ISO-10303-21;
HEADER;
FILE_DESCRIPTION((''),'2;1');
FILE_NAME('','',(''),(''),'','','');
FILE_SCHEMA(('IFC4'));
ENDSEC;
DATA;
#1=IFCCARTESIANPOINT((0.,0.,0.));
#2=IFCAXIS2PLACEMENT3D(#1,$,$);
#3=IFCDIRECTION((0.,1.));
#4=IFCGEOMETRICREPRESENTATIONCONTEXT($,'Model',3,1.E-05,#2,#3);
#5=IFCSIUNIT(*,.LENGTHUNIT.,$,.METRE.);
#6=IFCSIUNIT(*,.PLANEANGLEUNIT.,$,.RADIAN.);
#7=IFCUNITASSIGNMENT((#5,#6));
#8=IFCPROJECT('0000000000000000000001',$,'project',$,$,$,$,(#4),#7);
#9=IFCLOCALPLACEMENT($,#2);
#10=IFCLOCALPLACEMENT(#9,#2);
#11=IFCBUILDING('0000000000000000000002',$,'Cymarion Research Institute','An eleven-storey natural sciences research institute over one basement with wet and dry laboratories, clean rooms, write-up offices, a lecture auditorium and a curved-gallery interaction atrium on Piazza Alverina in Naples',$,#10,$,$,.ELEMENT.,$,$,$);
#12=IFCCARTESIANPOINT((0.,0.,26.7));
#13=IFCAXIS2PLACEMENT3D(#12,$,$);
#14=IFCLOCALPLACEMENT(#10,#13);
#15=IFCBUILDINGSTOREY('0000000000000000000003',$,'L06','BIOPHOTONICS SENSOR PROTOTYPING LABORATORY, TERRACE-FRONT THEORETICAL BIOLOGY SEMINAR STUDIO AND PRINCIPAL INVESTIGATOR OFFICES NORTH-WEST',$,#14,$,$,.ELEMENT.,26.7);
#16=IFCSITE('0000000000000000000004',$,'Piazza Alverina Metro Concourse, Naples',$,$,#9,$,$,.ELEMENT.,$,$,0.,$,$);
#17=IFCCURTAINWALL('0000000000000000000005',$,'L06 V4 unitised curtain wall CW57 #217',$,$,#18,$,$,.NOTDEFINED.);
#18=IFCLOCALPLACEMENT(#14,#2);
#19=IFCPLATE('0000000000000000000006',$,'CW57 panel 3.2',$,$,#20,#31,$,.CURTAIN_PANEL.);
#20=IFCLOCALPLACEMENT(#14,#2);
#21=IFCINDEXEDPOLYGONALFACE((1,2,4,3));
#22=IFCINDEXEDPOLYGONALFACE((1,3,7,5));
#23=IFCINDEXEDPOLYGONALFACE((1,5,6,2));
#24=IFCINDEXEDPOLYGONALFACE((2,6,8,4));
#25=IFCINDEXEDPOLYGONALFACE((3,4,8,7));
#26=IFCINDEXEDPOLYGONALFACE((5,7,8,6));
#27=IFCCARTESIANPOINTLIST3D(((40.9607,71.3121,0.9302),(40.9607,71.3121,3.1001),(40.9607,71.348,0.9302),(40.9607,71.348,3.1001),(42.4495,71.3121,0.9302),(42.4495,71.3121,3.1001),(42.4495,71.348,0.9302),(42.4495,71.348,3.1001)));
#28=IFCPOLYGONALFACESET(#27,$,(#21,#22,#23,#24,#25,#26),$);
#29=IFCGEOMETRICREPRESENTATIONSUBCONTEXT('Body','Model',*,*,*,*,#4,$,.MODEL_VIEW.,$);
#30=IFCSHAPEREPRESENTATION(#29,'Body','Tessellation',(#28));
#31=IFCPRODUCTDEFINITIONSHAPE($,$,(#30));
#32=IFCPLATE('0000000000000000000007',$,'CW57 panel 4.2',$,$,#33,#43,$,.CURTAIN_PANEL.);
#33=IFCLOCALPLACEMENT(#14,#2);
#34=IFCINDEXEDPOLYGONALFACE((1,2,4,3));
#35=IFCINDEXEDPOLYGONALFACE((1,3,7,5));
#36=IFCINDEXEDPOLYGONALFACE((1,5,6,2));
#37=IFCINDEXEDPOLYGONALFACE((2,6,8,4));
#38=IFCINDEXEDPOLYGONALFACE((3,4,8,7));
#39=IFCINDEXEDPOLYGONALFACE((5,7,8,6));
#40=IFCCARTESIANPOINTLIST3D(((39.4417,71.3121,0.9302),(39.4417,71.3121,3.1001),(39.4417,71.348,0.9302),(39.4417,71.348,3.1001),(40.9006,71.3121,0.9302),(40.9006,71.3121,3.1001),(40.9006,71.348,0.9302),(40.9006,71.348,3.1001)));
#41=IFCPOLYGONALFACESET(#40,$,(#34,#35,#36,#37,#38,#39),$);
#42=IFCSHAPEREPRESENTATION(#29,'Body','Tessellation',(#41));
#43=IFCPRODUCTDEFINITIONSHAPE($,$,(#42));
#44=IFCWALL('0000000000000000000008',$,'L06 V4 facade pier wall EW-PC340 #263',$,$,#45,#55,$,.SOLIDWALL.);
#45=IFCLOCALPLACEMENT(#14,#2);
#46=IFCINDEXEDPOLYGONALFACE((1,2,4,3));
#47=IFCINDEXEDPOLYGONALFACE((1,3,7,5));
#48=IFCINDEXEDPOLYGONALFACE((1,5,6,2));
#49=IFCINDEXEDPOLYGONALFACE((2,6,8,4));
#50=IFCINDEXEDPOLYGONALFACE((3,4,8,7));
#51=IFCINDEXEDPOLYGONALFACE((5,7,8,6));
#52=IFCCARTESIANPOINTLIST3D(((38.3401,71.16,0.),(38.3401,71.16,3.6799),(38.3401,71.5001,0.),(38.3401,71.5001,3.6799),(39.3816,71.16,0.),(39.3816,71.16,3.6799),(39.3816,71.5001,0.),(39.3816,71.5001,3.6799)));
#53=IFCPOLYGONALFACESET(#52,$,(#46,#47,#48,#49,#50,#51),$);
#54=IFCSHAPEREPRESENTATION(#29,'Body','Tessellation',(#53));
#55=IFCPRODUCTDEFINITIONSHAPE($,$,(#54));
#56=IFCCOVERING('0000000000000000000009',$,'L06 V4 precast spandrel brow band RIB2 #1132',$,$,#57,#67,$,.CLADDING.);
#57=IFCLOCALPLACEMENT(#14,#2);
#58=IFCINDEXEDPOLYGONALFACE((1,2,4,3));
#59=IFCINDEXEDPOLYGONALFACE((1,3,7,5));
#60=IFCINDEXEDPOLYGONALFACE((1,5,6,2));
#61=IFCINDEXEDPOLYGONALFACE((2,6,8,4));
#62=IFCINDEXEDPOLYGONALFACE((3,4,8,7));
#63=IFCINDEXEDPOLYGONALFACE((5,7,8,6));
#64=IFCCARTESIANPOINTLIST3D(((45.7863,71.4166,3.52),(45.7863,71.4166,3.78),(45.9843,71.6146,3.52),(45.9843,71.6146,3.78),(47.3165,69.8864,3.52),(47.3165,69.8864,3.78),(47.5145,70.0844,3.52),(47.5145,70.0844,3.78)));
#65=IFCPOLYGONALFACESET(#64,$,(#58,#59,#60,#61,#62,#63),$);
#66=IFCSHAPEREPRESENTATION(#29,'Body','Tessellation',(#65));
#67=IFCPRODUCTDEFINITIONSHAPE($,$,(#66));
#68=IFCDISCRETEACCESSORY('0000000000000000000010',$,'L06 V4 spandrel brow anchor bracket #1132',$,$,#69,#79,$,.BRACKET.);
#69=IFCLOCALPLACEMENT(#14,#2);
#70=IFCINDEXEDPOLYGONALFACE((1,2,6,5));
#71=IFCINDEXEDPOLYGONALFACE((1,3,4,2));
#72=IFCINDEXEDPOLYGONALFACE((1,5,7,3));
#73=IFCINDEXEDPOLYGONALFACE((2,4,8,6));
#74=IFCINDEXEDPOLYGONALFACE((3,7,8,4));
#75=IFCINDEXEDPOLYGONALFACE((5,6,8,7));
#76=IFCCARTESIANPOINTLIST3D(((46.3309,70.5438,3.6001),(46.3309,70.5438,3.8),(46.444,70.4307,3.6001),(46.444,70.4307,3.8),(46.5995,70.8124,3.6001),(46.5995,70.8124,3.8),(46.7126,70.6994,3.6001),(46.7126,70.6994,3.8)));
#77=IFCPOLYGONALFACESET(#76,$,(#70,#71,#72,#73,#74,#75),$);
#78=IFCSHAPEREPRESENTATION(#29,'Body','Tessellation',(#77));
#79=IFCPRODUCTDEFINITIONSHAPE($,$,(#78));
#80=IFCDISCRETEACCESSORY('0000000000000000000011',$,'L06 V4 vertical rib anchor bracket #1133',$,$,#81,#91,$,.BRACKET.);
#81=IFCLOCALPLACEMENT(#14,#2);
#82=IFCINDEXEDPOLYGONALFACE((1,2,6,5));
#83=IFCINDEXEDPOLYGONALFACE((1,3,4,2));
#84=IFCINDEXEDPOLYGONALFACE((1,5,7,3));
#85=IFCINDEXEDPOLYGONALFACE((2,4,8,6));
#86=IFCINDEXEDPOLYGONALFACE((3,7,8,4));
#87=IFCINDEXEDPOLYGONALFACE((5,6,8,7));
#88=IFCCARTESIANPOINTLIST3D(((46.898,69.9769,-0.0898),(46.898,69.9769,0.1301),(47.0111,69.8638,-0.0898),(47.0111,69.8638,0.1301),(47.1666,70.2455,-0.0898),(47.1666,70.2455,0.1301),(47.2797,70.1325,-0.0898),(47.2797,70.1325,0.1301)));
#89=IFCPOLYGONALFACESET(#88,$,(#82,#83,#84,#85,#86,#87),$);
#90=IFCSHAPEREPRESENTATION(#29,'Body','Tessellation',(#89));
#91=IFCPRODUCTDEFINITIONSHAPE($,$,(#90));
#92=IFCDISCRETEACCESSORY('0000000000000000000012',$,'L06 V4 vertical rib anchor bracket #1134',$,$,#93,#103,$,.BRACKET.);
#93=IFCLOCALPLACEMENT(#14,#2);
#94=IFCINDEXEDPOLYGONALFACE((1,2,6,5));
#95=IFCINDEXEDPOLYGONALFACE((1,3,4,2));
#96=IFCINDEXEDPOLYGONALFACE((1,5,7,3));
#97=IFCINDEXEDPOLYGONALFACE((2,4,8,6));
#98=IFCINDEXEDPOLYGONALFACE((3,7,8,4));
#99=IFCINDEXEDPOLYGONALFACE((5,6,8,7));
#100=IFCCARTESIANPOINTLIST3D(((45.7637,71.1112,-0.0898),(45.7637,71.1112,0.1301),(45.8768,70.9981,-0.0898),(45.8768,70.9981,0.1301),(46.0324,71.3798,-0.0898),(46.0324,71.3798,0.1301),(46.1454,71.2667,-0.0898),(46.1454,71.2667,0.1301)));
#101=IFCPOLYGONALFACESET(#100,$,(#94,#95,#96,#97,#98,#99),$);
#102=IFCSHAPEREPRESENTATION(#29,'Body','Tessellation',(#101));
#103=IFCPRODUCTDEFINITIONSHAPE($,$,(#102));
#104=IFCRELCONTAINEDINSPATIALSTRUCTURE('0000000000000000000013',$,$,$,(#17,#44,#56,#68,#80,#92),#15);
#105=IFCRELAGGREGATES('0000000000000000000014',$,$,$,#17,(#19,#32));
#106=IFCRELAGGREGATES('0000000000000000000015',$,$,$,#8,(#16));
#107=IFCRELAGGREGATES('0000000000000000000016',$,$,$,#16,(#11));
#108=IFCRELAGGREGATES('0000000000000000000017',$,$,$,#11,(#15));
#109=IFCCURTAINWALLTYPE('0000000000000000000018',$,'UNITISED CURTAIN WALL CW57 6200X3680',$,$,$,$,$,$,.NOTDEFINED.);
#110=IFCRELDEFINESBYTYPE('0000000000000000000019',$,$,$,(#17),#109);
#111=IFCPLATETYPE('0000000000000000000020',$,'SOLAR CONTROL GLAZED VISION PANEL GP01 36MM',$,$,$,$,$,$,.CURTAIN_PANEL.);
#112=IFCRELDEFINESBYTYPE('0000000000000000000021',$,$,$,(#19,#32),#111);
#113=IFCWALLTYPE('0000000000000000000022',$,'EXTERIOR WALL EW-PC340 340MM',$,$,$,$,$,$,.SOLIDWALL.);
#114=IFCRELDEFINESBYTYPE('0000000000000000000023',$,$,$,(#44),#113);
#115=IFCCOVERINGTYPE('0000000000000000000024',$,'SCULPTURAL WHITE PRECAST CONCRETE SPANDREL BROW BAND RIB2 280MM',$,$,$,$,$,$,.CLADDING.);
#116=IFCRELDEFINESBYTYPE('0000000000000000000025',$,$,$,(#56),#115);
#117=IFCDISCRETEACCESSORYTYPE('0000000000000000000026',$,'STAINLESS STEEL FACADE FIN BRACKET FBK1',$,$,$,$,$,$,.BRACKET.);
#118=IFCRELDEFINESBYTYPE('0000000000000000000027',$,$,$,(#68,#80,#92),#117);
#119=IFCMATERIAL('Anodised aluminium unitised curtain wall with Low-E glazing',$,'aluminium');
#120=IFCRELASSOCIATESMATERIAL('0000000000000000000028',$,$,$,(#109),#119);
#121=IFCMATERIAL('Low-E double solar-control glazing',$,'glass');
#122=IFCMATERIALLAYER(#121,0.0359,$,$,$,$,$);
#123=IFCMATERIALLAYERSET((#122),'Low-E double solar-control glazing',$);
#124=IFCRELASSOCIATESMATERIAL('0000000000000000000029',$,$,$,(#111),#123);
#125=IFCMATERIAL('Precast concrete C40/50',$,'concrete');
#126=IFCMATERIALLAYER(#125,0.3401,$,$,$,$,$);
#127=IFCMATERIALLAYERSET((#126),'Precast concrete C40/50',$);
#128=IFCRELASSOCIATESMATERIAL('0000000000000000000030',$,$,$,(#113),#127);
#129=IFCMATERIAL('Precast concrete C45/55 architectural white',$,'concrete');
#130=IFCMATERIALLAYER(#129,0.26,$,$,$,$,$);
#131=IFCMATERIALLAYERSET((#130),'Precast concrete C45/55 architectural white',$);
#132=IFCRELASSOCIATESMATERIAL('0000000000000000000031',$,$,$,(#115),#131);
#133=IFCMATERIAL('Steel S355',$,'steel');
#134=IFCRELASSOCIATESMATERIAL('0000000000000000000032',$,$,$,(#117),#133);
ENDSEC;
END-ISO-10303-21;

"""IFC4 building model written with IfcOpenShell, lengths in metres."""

from ifc_helpers import new_model, si_unit, direction, frame, frame_2d, origin, origin_2d, place, context, subcontext, project, spatial, rectangle, extrude, material, layer, layer_set, type_object, element, aggregate, save


model = new_model("IFC4")

# Units and contexts
model_context = context("Model", 3, precision=1e-05, world=origin(), true_north=direction((0.0, 1.0)))
body_context = subcontext(model_context, "Body", "Model", "MODEL_VIEW")
ifc_project = project(units=[si_unit("LENGTHUNIT", "METRE"), si_unit("PLANEANGLEUNIT", "RADIAN")], contexts=[model_context])

# Site, building, storey
site_placement = place(None, origin())
site = spatial("IfcSite", under=ifc_project, at=site_placement, Name="Piazza Alverina Metro Concourse, Naples", CompositionType="ELEMENT", RefElevation=0.0)
building_placement = place(site_placement, origin())
building = spatial("IfcBuilding", under=site, at=building_placement, Name="Cymarion Research Institute", Description="An eleven-storey natural sciences research institute over one basement with wet and dry laboratories, clean rooms, write-up offices, a lecture auditorium and a curved-gallery interaction atrium on Piazza Alverina in Naples", CompositionType="ELEMENT")
storey_placement = place(building_placement, frame((0.0, 0.0, 26.7)))
storey = spatial("IfcBuildingStorey", under=building, at=storey_placement, Name="L06", Description="BIOPHOTONICS SENSOR PROTOTYPING LABORATORY, TERRACE-FRONT THEORETICAL BIOLOGY SEMINAR STUDIO AND PRINCIPAL INVESTIGATOR OFFICES NORTH-WEST", CompositionType="ELEMENT", Elevation=26.7)

# Curtain wall, plates
ifc_material_1 = material(Name="Anodised aluminium unitised curtain wall with Low-E glazing", Category="aluminium")
curtain_wall_type = type_object("IfcCurtainWallType", Name="UNITISED CURTAIN WALL CW57 6200X3680", PredefinedType="NOTDEFINED", material=ifc_material_1)
curtain_wall_placement = place(storey_placement, origin())
curtain_wall = element("IfcCurtainWall", 1, at=curtain_wall_placement, inside=storey, type_object=curtain_wall_type, Name="L06 V4 unitised curtain wall CW57 #217", PredefinedType="NOTDEFINED")
ifc_material_2 = material(Name="Low-E double solar-control glazing", Category="glass")
ifc_layer_1 = layer(ifc_material_2, 0.0359)
ifc_layer_set_1 = layer_set([ifc_layer_1], Name="Low-E double solar-control glazing")
plate_type_1 = type_object("IfcPlateType", Name="SOLAR CONTROL GLAZED VISION PANEL GP01 36MM", PredefinedType="CURTAIN_PANEL", material=ifc_layer_set_1)
plate_1_placement = place(storey_placement, frame((41.7051, 71.3301, 0.9302), z_axis=(0.0, 0.0, 1.0), x_axis=(-1.0, 0.0, 0.0)))
plate_1 = element("IfcPlate", 2, at=plate_1_placement, type_object=plate_type_1, Name="CW57 panel 3.2", PredefinedType="CURTAIN_PANEL", context=body_context, shape_type="SweptSolid", body=[
    extrude(rectangle(XDim=1.4888, YDim=0.0359, at=origin_2d()), origin(), (0.0, 0.0, 1.0), 2.1699),
])
plate_2_placement = place(storey_placement, frame((40.1711, 71.3301, 0.9302), z_axis=(0.0, 0.0, 1.0), x_axis=(-1.0, 0.0, 0.0)))
plate_2 = element("IfcPlate", 3, at=plate_2_placement, type_object=plate_type_1, Name="CW57 panel 4.2", PredefinedType="CURTAIN_PANEL", context=body_context, shape_type="SweptSolid", body=[
    extrude(rectangle(XDim=1.459, YDim=0.0359, at=origin_2d()), origin(), (0.0, 0.0, 1.0), 2.1699),
])
aggregate(curtain_wall, [plate_1, plate_2])

# Wall
ifc_material_3 = material(Name="Precast concrete C40/50", Category="concrete")
ifc_layer_2 = layer(ifc_material_3, 0.3401)
ifc_layer_set_2 = layer_set([ifc_layer_2], Name="Precast concrete C40/50")
wall_type = type_object("IfcWallType", Name="EXTERIOR WALL EW-PC340 340MM", PredefinedType="SOLIDWALL", material=ifc_layer_set_2)
wall_placement = place(storey_placement, frame((39.3816, 71.3301, 0.0), z_axis=(0.0, 0.0, 1.0), x_axis=(-1.0, 0.0, 0.0)))
element("IfcWall", 4, at=wall_placement, inside=storey, type_object=wall_type, Name="L06 V4 facade pier wall EW-PC340 #263", PredefinedType="SOLIDWALL", context=body_context, shape_type="SweptSolid", body=[
    extrude(rectangle(XDim=1.0415, YDim=0.3401, at=frame_2d((0.5208, 0.0))), origin(), (0.0, 0.0, 1.0), 3.6799),
])

# Covering
ifc_material_4 = material(Name="Precast concrete C45/55 architectural white", Category="concrete")
ifc_layer_3 = layer(ifc_material_4, 0.26)
ifc_layer_set_3 = layer_set([ifc_layer_3], Name="Precast concrete C45/55 architectural white")
covering_type = type_object("IfcCoveringType", Name="SCULPTURAL WHITE PRECAST CONCRETE SPANDREL BROW BAND RIB2 280MM", PredefinedType="CLADDING", material=ifc_layer_set_3)
covering_placement = place(storey_placement, frame((46.6504, 70.7505, 3.52), z_axis=(0.0, 0.0, 1.0), x_axis=(0.707107, 0.707107, 0.0)))
element("IfcCovering", 5, at=covering_placement, inside=storey, type_object=covering_type, Name="L06 V4 precast spandrel brow band RIB2 #1132", PredefinedType="CLADDING", context=body_context, shape_type="SweptSolid", body=[
    extrude(rectangle(XDim=0.28, YDim=2.1641, at=origin_2d()), origin(), (0.0, 0.0, 1.0), 0.26),
])

# Discrete accessories
ifc_material_5 = material(Name="Steel S355", Category="steel")
discrete_accessory_type = type_object("IfcDiscreteAccessoryType", Name="STAINLESS STEEL FACADE FIN BRACKET FBK1", PredefinedType="BRACKET", material=ifc_material_5)
discrete_accessory_placement = place(storey_placement, frame((46.5217, 70.6216, 3.6001), z_axis=(0.0, 0.0, 1.0), x_axis=(0.707107, 0.707107, 0.0)))
element("IfcDiscreteAccessory", 6, at=discrete_accessory_placement, inside=storey, type_object=discrete_accessory_type, Name="L06 V4 spandrel brow anchor bracket #1132", PredefinedType="BRACKET", context=body_context, shape_type="SweptSolid", body=[
    extrude(rectangle(XDim=0.3799, YDim=0.1599, at=origin_2d()), origin(), (0.0, 0.0, 1.0), 0.2),
])
for number, where, z_axis, x_axis, name in (
    (7, (47.0889, 70.0547, -0.0898), (0.0, 0.0, 1.0), (0.707107, 0.707107, 0.0), "L06 V4 vertical rib anchor bracket #1133"),
    (8, (45.9546, 71.189, -0.0898), (0.0, 0.0, 1.0), (0.707107, 0.707107, 0.0), "L06 V4 vertical rib anchor bracket #1134"),
):
    element("IfcDiscreteAccessory", number, at=place(storey_placement, frame(where, z_axis=z_axis, x_axis=x_axis)), inside=storey, type_object=discrete_accessory_type, Name=name, PredefinedType="BRACKET", context=body_context, shape_type="SweptSolid", body=[
        extrude(rectangle(XDim=0.3799, YDim=0.1599, at=origin_2d()), origin(), (0.0, 0.0, 1.0), 0.22),
    ])

save(model, "model.ifc")
